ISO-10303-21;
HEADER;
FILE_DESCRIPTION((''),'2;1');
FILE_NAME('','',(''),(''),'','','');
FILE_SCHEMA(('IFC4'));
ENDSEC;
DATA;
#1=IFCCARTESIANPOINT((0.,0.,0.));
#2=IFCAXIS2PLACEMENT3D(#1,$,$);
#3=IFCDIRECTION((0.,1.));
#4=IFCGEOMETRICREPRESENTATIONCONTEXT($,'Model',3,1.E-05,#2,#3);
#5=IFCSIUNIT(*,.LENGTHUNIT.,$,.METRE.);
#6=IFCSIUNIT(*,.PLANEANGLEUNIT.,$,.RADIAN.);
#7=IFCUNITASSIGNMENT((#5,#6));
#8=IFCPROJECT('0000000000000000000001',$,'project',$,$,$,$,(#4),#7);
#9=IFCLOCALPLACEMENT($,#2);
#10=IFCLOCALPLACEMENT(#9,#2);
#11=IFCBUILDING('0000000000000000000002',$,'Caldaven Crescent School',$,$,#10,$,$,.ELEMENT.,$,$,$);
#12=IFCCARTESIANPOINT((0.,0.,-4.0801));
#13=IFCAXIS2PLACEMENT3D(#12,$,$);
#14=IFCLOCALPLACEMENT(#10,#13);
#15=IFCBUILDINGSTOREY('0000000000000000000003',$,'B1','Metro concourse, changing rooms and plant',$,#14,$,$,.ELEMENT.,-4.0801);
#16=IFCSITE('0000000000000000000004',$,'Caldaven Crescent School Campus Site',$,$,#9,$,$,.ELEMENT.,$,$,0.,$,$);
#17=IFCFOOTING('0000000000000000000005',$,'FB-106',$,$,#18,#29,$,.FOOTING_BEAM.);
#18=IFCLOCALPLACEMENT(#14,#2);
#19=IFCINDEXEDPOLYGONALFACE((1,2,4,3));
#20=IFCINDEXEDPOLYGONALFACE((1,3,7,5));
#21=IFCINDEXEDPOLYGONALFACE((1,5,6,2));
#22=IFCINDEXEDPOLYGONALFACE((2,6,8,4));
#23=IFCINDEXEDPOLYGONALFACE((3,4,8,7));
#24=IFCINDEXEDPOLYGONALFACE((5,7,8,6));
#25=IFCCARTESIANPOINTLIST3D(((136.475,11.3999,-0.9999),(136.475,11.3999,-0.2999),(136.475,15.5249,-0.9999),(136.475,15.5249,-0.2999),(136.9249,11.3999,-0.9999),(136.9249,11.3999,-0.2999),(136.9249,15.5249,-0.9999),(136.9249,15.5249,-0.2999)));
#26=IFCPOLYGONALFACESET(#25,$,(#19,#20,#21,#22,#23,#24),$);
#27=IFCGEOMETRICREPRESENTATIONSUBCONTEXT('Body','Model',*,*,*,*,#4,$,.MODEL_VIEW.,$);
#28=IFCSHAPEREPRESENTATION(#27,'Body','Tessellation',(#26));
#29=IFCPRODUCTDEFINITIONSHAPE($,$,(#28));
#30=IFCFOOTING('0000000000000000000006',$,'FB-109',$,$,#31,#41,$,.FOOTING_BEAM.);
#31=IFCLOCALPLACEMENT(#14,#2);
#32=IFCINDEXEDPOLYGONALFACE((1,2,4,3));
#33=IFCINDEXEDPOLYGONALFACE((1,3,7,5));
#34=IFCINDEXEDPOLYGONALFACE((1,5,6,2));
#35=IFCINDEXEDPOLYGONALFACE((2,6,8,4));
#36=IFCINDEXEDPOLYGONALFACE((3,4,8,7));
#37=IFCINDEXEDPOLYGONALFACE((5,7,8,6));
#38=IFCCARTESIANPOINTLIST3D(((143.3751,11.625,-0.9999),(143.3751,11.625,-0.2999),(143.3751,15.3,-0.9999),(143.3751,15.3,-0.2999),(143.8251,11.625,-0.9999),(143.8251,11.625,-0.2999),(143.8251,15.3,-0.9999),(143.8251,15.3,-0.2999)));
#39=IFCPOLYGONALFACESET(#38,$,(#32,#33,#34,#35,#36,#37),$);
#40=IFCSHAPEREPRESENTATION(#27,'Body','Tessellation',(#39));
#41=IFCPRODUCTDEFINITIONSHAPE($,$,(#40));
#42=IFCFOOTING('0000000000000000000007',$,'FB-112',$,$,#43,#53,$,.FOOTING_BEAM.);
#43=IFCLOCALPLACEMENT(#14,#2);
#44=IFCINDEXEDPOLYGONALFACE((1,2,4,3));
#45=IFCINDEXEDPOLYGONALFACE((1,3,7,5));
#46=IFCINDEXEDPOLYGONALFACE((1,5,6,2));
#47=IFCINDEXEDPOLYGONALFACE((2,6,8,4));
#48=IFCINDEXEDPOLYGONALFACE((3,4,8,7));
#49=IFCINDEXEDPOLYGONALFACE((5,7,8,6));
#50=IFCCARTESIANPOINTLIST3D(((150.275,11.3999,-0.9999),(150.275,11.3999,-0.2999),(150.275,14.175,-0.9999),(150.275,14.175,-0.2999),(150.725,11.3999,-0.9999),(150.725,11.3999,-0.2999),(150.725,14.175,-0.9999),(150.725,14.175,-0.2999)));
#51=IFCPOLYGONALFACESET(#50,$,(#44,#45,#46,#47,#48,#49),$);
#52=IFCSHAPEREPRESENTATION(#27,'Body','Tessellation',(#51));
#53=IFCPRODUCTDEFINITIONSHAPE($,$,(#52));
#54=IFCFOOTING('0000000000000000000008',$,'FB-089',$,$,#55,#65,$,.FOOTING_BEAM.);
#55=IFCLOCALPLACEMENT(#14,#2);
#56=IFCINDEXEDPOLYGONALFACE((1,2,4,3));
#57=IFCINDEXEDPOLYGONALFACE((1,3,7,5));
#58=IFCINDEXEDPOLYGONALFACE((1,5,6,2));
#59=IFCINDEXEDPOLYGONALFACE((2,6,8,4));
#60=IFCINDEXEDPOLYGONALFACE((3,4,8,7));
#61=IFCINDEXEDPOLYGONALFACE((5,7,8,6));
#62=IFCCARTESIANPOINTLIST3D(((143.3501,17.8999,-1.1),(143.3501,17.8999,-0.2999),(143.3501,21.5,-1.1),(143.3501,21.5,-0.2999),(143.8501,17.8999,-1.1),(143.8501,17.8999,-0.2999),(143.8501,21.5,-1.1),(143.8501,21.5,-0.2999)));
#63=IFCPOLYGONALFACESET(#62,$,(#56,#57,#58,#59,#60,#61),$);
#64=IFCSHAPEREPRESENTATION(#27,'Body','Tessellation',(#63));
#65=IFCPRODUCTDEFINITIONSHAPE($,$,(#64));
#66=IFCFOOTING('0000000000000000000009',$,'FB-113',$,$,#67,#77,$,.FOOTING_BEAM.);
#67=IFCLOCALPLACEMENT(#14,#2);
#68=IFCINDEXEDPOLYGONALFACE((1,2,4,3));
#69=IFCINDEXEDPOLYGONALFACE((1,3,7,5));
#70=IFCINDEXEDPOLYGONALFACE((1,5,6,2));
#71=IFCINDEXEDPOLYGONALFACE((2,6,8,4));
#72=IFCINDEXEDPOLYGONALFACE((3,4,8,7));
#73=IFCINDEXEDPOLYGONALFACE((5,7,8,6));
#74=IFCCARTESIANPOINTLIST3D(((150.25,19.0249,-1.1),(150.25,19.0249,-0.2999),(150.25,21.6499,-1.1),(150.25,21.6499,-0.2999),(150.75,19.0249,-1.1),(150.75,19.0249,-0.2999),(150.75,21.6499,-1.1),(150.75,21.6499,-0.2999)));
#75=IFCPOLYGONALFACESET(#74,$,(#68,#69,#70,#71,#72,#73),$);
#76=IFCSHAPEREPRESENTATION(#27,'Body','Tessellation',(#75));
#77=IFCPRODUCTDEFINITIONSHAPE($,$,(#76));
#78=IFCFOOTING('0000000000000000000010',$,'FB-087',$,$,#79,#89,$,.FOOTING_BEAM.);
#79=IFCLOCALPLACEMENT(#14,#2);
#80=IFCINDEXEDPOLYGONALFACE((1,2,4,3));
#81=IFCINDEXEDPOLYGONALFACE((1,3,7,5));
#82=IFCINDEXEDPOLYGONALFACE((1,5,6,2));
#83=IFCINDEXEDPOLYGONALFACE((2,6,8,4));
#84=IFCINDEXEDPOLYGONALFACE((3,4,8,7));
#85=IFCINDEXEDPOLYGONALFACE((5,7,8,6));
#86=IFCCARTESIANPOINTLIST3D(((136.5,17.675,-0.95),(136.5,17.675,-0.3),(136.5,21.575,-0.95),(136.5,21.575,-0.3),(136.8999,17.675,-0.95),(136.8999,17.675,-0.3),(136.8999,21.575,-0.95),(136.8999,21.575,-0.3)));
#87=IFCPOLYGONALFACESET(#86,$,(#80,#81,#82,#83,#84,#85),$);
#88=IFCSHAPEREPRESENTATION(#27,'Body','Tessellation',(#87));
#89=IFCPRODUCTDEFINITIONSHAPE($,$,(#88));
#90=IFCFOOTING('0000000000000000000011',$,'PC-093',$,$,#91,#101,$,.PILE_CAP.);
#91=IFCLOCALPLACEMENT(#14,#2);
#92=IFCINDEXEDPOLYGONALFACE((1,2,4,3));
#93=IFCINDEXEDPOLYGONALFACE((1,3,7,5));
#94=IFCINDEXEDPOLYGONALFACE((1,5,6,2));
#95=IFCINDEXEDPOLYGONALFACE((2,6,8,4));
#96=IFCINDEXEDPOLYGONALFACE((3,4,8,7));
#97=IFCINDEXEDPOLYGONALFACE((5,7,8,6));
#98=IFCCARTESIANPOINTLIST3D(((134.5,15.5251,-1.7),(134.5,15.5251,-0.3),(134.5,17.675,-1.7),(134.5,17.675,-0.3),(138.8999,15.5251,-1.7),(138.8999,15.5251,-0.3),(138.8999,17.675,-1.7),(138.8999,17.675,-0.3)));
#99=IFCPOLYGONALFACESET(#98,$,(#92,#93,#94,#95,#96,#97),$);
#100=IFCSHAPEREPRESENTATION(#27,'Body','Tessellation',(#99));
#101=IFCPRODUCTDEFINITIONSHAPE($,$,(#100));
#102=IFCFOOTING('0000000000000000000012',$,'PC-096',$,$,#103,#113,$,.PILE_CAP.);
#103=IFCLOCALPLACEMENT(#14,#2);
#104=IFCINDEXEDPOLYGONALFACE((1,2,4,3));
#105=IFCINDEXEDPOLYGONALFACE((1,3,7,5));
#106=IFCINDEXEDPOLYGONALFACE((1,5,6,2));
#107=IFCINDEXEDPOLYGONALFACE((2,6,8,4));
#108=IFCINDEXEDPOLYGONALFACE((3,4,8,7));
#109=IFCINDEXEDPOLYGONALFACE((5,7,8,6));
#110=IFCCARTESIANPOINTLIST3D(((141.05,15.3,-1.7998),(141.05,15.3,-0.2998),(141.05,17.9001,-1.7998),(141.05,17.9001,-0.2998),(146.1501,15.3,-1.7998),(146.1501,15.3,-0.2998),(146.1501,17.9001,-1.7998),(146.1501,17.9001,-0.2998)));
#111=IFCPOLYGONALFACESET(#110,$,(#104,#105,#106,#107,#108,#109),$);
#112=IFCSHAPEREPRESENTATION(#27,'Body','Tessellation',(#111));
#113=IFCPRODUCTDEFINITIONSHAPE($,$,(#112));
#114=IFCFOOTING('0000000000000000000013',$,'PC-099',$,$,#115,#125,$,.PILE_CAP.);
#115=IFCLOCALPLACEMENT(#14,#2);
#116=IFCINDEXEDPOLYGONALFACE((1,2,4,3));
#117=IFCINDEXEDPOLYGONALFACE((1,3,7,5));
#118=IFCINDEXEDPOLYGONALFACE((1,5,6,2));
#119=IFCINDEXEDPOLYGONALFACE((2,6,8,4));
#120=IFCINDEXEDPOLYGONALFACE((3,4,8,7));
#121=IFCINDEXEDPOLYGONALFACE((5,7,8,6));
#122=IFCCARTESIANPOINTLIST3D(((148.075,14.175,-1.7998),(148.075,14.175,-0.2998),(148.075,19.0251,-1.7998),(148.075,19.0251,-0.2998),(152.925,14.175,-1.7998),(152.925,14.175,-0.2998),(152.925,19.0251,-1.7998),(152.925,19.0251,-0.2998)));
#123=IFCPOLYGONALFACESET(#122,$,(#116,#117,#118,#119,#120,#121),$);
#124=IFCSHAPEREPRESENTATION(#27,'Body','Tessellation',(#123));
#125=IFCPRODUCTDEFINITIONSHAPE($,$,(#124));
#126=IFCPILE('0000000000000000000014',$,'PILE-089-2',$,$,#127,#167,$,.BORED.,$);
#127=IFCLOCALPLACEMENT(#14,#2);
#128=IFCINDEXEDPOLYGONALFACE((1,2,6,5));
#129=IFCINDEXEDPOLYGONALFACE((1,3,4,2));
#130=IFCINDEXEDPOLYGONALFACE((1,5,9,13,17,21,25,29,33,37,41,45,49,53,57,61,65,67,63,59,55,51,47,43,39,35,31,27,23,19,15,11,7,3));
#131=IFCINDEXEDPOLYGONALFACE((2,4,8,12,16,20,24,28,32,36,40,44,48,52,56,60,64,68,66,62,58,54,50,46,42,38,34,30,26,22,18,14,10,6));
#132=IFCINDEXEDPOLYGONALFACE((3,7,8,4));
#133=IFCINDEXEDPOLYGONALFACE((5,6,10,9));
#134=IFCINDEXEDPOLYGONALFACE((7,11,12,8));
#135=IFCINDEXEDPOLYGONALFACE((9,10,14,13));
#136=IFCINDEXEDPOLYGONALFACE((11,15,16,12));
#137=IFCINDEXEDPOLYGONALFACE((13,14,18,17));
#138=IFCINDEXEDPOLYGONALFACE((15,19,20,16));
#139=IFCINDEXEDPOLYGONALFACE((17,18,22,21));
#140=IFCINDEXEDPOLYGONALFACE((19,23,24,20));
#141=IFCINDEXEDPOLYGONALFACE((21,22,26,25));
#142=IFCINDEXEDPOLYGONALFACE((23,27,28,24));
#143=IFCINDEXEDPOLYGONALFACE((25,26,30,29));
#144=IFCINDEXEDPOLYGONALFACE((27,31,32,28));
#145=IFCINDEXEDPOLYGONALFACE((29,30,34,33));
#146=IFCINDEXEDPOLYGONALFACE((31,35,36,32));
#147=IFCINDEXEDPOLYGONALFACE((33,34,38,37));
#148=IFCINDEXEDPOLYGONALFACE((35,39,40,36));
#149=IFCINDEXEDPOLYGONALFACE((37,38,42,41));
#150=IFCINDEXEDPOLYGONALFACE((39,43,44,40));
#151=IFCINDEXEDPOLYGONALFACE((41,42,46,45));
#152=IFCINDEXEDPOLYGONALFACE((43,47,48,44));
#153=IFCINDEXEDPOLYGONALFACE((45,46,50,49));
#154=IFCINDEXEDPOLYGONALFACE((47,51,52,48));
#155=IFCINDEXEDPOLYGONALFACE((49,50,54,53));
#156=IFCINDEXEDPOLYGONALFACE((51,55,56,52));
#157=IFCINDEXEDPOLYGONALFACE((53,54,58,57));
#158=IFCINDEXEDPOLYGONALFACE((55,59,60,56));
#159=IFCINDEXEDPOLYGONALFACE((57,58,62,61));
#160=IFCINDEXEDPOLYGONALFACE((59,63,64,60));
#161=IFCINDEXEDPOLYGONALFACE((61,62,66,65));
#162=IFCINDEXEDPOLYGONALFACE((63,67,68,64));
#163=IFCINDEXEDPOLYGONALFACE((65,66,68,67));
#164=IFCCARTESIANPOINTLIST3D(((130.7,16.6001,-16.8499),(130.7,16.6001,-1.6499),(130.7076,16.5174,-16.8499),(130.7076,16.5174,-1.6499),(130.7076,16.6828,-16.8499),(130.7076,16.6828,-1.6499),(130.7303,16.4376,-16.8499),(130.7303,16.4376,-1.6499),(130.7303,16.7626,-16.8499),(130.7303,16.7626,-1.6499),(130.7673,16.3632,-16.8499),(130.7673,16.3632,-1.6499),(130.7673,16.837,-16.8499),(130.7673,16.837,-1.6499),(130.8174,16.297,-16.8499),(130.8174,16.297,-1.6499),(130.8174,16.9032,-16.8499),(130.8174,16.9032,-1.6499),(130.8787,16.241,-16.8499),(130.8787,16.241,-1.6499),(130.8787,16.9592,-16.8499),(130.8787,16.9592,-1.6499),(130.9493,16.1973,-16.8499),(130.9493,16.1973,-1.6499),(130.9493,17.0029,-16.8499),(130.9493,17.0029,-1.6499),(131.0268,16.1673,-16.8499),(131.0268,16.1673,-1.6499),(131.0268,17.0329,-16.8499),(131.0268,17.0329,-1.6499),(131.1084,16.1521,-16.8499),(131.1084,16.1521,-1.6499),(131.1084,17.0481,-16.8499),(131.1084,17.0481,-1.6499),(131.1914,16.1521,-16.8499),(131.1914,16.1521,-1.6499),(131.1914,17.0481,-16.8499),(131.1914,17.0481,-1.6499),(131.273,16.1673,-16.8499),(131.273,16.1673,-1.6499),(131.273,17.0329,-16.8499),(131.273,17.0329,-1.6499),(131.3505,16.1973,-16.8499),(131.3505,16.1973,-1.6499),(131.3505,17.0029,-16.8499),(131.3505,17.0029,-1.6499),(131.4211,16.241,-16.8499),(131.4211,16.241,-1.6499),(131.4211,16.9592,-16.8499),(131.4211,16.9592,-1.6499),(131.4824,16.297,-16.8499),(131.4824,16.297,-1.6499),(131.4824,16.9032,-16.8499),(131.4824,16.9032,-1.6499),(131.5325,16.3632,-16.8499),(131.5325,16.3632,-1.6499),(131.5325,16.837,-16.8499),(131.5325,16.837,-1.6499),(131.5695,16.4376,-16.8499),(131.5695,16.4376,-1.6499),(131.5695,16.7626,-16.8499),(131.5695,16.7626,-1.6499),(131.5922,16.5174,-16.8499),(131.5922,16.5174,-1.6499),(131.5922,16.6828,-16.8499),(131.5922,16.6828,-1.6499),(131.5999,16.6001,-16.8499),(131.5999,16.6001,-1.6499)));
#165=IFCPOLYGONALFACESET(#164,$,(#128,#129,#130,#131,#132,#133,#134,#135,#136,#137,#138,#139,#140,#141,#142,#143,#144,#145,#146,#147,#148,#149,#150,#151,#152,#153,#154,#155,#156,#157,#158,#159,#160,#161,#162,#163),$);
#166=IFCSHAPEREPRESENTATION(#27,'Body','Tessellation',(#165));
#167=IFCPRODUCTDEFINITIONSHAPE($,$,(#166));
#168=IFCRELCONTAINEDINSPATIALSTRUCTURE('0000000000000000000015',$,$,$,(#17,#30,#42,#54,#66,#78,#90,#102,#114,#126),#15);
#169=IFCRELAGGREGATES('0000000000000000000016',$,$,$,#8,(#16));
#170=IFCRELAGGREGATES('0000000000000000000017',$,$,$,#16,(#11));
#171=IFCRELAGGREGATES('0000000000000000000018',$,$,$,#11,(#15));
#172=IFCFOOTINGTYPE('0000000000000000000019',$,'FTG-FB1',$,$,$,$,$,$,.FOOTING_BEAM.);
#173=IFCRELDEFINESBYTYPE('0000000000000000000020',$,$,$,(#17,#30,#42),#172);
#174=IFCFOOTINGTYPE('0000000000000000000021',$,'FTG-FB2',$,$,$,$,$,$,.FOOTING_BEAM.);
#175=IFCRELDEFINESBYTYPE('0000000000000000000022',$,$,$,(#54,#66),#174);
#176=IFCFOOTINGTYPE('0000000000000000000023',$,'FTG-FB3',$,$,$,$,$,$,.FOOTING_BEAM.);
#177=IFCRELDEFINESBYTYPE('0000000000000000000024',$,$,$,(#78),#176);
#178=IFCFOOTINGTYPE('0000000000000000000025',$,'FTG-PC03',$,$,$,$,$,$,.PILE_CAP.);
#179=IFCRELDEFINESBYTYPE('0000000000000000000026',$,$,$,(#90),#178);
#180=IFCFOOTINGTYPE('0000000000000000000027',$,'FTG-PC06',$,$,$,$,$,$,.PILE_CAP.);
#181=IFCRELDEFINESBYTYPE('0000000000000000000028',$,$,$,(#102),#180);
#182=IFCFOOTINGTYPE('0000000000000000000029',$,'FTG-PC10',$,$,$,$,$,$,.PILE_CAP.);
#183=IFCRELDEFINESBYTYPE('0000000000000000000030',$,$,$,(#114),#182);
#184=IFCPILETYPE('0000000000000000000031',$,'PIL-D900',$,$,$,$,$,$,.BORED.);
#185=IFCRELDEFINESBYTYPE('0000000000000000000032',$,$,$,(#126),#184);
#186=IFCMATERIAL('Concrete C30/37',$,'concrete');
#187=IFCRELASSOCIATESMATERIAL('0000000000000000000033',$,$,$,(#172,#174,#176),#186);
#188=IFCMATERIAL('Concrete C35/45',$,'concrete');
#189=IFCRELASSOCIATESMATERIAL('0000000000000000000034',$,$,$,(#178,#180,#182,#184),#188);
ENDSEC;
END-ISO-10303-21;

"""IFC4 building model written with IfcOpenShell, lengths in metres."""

from ifc_helpers import new_model, si_unit, direction, frame, origin, origin_2d, place, context, subcontext, project, spatial, rectangle, circle, extrude, material, material_profile, profile_set, type_object, element, save


model = new_model("IFC4")

# Units and contexts
model_context = context("Model", 3, precision=1e-05, world=origin(), true_north=direction((0.0, 1.0)))
body_context = subcontext(model_context, "Body", "Model", "MODEL_VIEW")
ifc_project = project(units=[si_unit("LENGTHUNIT", "METRE"), si_unit("PLANEANGLEUNIT", "RADIAN")], contexts=[model_context])

# Site, building, storey
site_placement = place(None, origin())
site = spatial("IfcSite", under=ifc_project, at=site_placement, Name="Caldaven Crescent School Campus Site", CompositionType="ELEMENT", RefElevation=0.0)
building_placement = place(site_placement, origin())
building = spatial("IfcBuilding", under=site, at=building_placement, Name="Caldaven Crescent School", CompositionType="ELEMENT")
storey_placement = place(building_placement, frame((0.0, 0.0, -4.0801)))
storey = spatial("IfcBuildingStorey", under=building, at=storey_placement, Name="B1", Description="Metro concourse, changing rooms and plant", CompositionType="ELEMENT", Elevation=-4.0801)

# Footings
ifc_material_1 = material(Name="Concrete C30/37", Category="concrete")
ifc_material_profile_1 = material_profile(ifc_material_1, rectangle(XDim=0.45, YDim=0.7, at=origin_2d()), Name="FB 450x700")
ifc_profile_set_1 = profile_set([ifc_material_profile_1], Name="Concrete C30/37")
footing_type_1 = type_object("IfcFootingType", Name="FTG-FB1", PredefinedType="FOOTING_BEAM", material=ifc_profile_set_1)
footing_1_placement = place(storey_placement, frame((136.7, 11.3999, -0.6499), z_axis=(0.0, 1.0, 0.0), x_axis=(-1.0, 0.0, 0.0)))
element("IfcFooting", 1, at=footing_1_placement, inside=storey, type_object=footing_type_1, Name="FB-106", PredefinedType="FOOTING_BEAM", context=body_context, shape_type="SweptSolid", body=[
    extrude(rectangle(XDim=0.45, YDim=0.7, at=origin_2d()), origin(), (0.0, 0.0, 1.0), 4.125),
])
footing_2_placement = place(storey_placement, frame((143.6001, 11.625, -0.6499), z_axis=(0.0, 1.0, 0.0), x_axis=(-1.0, 0.0, 0.0)))
element("IfcFooting", 2, at=footing_2_placement, inside=storey, type_object=footing_type_1, Name="FB-109", PredefinedType="FOOTING_BEAM", context=body_context, shape_type="SweptSolid", body=[
    extrude(rectangle(XDim=0.45, YDim=0.7, at=origin_2d()), origin(), (0.0, 0.0, 1.0), 3.675),
])
footing_3_placement = place(storey_placement, frame((150.5, 11.3999, -0.6499), z_axis=(0.0, 1.0, 0.0), x_axis=(-1.0, 0.0, 0.0)))
element("IfcFooting", 3, at=footing_3_placement, inside=storey, type_object=footing_type_1, Name="FB-112", PredefinedType="FOOTING_BEAM", context=body_context, shape_type="SweptSolid", body=[
    extrude(rectangle(XDim=0.45, YDim=0.7, at=origin_2d()), origin(), (0.0, 0.0, 1.0), 2.7751),
])
ifc_material_profile_2 = material_profile(ifc_material_1, rectangle(XDim=0.5, YDim=0.8, at=origin_2d()), Name="FB 500x800")
ifc_profile_set_2 = profile_set([ifc_material_profile_2], Name="Concrete C30/37")
footing_type_2 = type_object("IfcFootingType", Name="FTG-FB2", PredefinedType="FOOTING_BEAM", material=ifc_profile_set_2)
footing_4_placement = place(storey_placement, frame((143.6001, 21.5, -0.7), z_axis=(0.0, -1.0, 0.0), x_axis=(1.0, 0.0, 0.0)))
element("IfcFooting", 4, at=footing_4_placement, inside=storey, type_object=footing_type_2, Name="FB-089", PredefinedType="FOOTING_BEAM", context=body_context, shape_type="SweptSolid", body=[
    extrude(rectangle(XDim=0.5, YDim=0.8, at=origin_2d()), origin(), (0.0, 0.0, 1.0), 3.6001),
])
footing_5_placement = place(storey_placement, frame((150.5, 19.0249, -0.7), z_axis=(0.0, 1.0, 0.0), x_axis=(-1.0, 0.0, 0.0)))
element("IfcFooting", 5, at=footing_5_placement, inside=storey, type_object=footing_type_2, Name="FB-113", PredefinedType="FOOTING_BEAM", context=body_context, shape_type="SweptSolid", body=[
    extrude(rectangle(XDim=0.5, YDim=0.8, at=origin_2d()), origin(), (0.0, 0.0, 1.0), 2.625),
])
ifc_material_profile_3 = material_profile(ifc_material_1, rectangle(XDim=0.3999, YDim=0.6499, at=origin_2d()), Name="FB 400x650")
ifc_profile_set_3 = profile_set([ifc_material_profile_3], Name="Concrete C30/37")
footing_type_3 = type_object("IfcFootingType", Name="FTG-FB3", PredefinedType="FOOTING_BEAM", material=ifc_profile_set_3)
footing_6_placement = place(storey_placement, frame((136.7, 21.575, -0.625), z_axis=(0.0, -1.0, 0.0), x_axis=(1.0, 0.0, 0.0)))
element("IfcFooting", 6, at=footing_6_placement, inside=storey, type_object=footing_type_3, Name="FB-087", PredefinedType="FOOTING_BEAM", context=body_context, shape_type="SweptSolid", body=[
    extrude(rectangle(XDim=0.3999, YDim=0.6499, at=origin_2d()), origin(), (0.0, 0.0, 1.0), 3.8999),
])
ifc_material_2 = material(Name="Concrete C35/45", Category="concrete")
footing_type_4 = type_object("IfcFootingType", Name="FTG-PC03", PredefinedType="PILE_CAP", material=ifc_material_2)
footing_7_placement = place(storey_placement, frame((136.7, 16.6001, -1.7), z_axis=(0.0, 0.0, 1.0), x_axis=(1.0, 0.0, 0.0)))
element("IfcFooting", 7, at=footing_7_placement, inside=storey, type_object=footing_type_4, Name="PC-093", PredefinedType="PILE_CAP", context=body_context, shape_type="SweptSolid", body=[
    extrude(rectangle(XDim=4.3999, YDim=2.1499, at=origin_2d()), origin(), (0.0, 0.0, 1.0), 1.3999),
])
footing_type_5 = type_object("IfcFootingType", Name="FTG-PC06", PredefinedType="PILE_CAP", material=ifc_material_2)
footing_8_placement = place(storey_placement, frame((143.6001, 16.6001, -1.7998), z_axis=(0.0, 0.0, 1.0), x_axis=(1.0, 0.0, 0.0)))
element("IfcFooting", 8, at=footing_8_placement, inside=storey, type_object=footing_type_5, Name="PC-096", PredefinedType="PILE_CAP", context=body_context, shape_type="SweptSolid", body=[
    extrude(rectangle(XDim=5.1001, YDim=2.6001, at=origin_2d()), origin(), (0.0, 0.0, 1.0), 1.5),
])
footing_type_6 = type_object("IfcFootingType", Name="FTG-PC10", PredefinedType="PILE_CAP", material=ifc_material_2)
footing_9_placement = place(storey_placement, frame((150.5, 16.6001, -1.7998), z_axis=(0.0, 0.0, 1.0), x_axis=(1.0, 0.0, 0.0)))
element("IfcFooting", 9, at=footing_9_placement, inside=storey, type_object=footing_type_6, Name="PC-099", PredefinedType="PILE_CAP", context=body_context, shape_type="SweptSolid", body=[
    extrude(rectangle(XDim=4.8501, YDim=4.8501, at=origin_2d()), origin(), (0.0, 0.0, 1.0), 1.5),
])

# Pile
ifc_material_profile_4 = material_profile(ifc_material_2, circle(Radius=0.45, at=origin_2d()), Name="PILE D900")
ifc_profile_set_4 = profile_set([ifc_material_profile_4], Name="Concrete C35/45")
pile_type = type_object("IfcPileType", Name="PIL-D900", PredefinedType="BORED", material=ifc_profile_set_4)
for number, where, z_axis, x_axis, name in (
    (10, (131.1499, 16.6001, -1.6499), (0.0, 0.0, -1.0), (1.0, 0.0, 0.0), "PILE-089-2"),
):
    element("IfcPile", number, at=place(storey_placement, frame(where, z_axis=z_axis, x_axis=x_axis)), inside=storey, type_object=pile_type, Name=name, PredefinedType="BORED", context=body_context, shape_type="SweptSolid", body=[
        extrude(circle(Radius=0.45, at=origin_2d()), origin(), (0.0, 0.0, 1.0), 15.2),
    ])

save(model, "model.ifc")
